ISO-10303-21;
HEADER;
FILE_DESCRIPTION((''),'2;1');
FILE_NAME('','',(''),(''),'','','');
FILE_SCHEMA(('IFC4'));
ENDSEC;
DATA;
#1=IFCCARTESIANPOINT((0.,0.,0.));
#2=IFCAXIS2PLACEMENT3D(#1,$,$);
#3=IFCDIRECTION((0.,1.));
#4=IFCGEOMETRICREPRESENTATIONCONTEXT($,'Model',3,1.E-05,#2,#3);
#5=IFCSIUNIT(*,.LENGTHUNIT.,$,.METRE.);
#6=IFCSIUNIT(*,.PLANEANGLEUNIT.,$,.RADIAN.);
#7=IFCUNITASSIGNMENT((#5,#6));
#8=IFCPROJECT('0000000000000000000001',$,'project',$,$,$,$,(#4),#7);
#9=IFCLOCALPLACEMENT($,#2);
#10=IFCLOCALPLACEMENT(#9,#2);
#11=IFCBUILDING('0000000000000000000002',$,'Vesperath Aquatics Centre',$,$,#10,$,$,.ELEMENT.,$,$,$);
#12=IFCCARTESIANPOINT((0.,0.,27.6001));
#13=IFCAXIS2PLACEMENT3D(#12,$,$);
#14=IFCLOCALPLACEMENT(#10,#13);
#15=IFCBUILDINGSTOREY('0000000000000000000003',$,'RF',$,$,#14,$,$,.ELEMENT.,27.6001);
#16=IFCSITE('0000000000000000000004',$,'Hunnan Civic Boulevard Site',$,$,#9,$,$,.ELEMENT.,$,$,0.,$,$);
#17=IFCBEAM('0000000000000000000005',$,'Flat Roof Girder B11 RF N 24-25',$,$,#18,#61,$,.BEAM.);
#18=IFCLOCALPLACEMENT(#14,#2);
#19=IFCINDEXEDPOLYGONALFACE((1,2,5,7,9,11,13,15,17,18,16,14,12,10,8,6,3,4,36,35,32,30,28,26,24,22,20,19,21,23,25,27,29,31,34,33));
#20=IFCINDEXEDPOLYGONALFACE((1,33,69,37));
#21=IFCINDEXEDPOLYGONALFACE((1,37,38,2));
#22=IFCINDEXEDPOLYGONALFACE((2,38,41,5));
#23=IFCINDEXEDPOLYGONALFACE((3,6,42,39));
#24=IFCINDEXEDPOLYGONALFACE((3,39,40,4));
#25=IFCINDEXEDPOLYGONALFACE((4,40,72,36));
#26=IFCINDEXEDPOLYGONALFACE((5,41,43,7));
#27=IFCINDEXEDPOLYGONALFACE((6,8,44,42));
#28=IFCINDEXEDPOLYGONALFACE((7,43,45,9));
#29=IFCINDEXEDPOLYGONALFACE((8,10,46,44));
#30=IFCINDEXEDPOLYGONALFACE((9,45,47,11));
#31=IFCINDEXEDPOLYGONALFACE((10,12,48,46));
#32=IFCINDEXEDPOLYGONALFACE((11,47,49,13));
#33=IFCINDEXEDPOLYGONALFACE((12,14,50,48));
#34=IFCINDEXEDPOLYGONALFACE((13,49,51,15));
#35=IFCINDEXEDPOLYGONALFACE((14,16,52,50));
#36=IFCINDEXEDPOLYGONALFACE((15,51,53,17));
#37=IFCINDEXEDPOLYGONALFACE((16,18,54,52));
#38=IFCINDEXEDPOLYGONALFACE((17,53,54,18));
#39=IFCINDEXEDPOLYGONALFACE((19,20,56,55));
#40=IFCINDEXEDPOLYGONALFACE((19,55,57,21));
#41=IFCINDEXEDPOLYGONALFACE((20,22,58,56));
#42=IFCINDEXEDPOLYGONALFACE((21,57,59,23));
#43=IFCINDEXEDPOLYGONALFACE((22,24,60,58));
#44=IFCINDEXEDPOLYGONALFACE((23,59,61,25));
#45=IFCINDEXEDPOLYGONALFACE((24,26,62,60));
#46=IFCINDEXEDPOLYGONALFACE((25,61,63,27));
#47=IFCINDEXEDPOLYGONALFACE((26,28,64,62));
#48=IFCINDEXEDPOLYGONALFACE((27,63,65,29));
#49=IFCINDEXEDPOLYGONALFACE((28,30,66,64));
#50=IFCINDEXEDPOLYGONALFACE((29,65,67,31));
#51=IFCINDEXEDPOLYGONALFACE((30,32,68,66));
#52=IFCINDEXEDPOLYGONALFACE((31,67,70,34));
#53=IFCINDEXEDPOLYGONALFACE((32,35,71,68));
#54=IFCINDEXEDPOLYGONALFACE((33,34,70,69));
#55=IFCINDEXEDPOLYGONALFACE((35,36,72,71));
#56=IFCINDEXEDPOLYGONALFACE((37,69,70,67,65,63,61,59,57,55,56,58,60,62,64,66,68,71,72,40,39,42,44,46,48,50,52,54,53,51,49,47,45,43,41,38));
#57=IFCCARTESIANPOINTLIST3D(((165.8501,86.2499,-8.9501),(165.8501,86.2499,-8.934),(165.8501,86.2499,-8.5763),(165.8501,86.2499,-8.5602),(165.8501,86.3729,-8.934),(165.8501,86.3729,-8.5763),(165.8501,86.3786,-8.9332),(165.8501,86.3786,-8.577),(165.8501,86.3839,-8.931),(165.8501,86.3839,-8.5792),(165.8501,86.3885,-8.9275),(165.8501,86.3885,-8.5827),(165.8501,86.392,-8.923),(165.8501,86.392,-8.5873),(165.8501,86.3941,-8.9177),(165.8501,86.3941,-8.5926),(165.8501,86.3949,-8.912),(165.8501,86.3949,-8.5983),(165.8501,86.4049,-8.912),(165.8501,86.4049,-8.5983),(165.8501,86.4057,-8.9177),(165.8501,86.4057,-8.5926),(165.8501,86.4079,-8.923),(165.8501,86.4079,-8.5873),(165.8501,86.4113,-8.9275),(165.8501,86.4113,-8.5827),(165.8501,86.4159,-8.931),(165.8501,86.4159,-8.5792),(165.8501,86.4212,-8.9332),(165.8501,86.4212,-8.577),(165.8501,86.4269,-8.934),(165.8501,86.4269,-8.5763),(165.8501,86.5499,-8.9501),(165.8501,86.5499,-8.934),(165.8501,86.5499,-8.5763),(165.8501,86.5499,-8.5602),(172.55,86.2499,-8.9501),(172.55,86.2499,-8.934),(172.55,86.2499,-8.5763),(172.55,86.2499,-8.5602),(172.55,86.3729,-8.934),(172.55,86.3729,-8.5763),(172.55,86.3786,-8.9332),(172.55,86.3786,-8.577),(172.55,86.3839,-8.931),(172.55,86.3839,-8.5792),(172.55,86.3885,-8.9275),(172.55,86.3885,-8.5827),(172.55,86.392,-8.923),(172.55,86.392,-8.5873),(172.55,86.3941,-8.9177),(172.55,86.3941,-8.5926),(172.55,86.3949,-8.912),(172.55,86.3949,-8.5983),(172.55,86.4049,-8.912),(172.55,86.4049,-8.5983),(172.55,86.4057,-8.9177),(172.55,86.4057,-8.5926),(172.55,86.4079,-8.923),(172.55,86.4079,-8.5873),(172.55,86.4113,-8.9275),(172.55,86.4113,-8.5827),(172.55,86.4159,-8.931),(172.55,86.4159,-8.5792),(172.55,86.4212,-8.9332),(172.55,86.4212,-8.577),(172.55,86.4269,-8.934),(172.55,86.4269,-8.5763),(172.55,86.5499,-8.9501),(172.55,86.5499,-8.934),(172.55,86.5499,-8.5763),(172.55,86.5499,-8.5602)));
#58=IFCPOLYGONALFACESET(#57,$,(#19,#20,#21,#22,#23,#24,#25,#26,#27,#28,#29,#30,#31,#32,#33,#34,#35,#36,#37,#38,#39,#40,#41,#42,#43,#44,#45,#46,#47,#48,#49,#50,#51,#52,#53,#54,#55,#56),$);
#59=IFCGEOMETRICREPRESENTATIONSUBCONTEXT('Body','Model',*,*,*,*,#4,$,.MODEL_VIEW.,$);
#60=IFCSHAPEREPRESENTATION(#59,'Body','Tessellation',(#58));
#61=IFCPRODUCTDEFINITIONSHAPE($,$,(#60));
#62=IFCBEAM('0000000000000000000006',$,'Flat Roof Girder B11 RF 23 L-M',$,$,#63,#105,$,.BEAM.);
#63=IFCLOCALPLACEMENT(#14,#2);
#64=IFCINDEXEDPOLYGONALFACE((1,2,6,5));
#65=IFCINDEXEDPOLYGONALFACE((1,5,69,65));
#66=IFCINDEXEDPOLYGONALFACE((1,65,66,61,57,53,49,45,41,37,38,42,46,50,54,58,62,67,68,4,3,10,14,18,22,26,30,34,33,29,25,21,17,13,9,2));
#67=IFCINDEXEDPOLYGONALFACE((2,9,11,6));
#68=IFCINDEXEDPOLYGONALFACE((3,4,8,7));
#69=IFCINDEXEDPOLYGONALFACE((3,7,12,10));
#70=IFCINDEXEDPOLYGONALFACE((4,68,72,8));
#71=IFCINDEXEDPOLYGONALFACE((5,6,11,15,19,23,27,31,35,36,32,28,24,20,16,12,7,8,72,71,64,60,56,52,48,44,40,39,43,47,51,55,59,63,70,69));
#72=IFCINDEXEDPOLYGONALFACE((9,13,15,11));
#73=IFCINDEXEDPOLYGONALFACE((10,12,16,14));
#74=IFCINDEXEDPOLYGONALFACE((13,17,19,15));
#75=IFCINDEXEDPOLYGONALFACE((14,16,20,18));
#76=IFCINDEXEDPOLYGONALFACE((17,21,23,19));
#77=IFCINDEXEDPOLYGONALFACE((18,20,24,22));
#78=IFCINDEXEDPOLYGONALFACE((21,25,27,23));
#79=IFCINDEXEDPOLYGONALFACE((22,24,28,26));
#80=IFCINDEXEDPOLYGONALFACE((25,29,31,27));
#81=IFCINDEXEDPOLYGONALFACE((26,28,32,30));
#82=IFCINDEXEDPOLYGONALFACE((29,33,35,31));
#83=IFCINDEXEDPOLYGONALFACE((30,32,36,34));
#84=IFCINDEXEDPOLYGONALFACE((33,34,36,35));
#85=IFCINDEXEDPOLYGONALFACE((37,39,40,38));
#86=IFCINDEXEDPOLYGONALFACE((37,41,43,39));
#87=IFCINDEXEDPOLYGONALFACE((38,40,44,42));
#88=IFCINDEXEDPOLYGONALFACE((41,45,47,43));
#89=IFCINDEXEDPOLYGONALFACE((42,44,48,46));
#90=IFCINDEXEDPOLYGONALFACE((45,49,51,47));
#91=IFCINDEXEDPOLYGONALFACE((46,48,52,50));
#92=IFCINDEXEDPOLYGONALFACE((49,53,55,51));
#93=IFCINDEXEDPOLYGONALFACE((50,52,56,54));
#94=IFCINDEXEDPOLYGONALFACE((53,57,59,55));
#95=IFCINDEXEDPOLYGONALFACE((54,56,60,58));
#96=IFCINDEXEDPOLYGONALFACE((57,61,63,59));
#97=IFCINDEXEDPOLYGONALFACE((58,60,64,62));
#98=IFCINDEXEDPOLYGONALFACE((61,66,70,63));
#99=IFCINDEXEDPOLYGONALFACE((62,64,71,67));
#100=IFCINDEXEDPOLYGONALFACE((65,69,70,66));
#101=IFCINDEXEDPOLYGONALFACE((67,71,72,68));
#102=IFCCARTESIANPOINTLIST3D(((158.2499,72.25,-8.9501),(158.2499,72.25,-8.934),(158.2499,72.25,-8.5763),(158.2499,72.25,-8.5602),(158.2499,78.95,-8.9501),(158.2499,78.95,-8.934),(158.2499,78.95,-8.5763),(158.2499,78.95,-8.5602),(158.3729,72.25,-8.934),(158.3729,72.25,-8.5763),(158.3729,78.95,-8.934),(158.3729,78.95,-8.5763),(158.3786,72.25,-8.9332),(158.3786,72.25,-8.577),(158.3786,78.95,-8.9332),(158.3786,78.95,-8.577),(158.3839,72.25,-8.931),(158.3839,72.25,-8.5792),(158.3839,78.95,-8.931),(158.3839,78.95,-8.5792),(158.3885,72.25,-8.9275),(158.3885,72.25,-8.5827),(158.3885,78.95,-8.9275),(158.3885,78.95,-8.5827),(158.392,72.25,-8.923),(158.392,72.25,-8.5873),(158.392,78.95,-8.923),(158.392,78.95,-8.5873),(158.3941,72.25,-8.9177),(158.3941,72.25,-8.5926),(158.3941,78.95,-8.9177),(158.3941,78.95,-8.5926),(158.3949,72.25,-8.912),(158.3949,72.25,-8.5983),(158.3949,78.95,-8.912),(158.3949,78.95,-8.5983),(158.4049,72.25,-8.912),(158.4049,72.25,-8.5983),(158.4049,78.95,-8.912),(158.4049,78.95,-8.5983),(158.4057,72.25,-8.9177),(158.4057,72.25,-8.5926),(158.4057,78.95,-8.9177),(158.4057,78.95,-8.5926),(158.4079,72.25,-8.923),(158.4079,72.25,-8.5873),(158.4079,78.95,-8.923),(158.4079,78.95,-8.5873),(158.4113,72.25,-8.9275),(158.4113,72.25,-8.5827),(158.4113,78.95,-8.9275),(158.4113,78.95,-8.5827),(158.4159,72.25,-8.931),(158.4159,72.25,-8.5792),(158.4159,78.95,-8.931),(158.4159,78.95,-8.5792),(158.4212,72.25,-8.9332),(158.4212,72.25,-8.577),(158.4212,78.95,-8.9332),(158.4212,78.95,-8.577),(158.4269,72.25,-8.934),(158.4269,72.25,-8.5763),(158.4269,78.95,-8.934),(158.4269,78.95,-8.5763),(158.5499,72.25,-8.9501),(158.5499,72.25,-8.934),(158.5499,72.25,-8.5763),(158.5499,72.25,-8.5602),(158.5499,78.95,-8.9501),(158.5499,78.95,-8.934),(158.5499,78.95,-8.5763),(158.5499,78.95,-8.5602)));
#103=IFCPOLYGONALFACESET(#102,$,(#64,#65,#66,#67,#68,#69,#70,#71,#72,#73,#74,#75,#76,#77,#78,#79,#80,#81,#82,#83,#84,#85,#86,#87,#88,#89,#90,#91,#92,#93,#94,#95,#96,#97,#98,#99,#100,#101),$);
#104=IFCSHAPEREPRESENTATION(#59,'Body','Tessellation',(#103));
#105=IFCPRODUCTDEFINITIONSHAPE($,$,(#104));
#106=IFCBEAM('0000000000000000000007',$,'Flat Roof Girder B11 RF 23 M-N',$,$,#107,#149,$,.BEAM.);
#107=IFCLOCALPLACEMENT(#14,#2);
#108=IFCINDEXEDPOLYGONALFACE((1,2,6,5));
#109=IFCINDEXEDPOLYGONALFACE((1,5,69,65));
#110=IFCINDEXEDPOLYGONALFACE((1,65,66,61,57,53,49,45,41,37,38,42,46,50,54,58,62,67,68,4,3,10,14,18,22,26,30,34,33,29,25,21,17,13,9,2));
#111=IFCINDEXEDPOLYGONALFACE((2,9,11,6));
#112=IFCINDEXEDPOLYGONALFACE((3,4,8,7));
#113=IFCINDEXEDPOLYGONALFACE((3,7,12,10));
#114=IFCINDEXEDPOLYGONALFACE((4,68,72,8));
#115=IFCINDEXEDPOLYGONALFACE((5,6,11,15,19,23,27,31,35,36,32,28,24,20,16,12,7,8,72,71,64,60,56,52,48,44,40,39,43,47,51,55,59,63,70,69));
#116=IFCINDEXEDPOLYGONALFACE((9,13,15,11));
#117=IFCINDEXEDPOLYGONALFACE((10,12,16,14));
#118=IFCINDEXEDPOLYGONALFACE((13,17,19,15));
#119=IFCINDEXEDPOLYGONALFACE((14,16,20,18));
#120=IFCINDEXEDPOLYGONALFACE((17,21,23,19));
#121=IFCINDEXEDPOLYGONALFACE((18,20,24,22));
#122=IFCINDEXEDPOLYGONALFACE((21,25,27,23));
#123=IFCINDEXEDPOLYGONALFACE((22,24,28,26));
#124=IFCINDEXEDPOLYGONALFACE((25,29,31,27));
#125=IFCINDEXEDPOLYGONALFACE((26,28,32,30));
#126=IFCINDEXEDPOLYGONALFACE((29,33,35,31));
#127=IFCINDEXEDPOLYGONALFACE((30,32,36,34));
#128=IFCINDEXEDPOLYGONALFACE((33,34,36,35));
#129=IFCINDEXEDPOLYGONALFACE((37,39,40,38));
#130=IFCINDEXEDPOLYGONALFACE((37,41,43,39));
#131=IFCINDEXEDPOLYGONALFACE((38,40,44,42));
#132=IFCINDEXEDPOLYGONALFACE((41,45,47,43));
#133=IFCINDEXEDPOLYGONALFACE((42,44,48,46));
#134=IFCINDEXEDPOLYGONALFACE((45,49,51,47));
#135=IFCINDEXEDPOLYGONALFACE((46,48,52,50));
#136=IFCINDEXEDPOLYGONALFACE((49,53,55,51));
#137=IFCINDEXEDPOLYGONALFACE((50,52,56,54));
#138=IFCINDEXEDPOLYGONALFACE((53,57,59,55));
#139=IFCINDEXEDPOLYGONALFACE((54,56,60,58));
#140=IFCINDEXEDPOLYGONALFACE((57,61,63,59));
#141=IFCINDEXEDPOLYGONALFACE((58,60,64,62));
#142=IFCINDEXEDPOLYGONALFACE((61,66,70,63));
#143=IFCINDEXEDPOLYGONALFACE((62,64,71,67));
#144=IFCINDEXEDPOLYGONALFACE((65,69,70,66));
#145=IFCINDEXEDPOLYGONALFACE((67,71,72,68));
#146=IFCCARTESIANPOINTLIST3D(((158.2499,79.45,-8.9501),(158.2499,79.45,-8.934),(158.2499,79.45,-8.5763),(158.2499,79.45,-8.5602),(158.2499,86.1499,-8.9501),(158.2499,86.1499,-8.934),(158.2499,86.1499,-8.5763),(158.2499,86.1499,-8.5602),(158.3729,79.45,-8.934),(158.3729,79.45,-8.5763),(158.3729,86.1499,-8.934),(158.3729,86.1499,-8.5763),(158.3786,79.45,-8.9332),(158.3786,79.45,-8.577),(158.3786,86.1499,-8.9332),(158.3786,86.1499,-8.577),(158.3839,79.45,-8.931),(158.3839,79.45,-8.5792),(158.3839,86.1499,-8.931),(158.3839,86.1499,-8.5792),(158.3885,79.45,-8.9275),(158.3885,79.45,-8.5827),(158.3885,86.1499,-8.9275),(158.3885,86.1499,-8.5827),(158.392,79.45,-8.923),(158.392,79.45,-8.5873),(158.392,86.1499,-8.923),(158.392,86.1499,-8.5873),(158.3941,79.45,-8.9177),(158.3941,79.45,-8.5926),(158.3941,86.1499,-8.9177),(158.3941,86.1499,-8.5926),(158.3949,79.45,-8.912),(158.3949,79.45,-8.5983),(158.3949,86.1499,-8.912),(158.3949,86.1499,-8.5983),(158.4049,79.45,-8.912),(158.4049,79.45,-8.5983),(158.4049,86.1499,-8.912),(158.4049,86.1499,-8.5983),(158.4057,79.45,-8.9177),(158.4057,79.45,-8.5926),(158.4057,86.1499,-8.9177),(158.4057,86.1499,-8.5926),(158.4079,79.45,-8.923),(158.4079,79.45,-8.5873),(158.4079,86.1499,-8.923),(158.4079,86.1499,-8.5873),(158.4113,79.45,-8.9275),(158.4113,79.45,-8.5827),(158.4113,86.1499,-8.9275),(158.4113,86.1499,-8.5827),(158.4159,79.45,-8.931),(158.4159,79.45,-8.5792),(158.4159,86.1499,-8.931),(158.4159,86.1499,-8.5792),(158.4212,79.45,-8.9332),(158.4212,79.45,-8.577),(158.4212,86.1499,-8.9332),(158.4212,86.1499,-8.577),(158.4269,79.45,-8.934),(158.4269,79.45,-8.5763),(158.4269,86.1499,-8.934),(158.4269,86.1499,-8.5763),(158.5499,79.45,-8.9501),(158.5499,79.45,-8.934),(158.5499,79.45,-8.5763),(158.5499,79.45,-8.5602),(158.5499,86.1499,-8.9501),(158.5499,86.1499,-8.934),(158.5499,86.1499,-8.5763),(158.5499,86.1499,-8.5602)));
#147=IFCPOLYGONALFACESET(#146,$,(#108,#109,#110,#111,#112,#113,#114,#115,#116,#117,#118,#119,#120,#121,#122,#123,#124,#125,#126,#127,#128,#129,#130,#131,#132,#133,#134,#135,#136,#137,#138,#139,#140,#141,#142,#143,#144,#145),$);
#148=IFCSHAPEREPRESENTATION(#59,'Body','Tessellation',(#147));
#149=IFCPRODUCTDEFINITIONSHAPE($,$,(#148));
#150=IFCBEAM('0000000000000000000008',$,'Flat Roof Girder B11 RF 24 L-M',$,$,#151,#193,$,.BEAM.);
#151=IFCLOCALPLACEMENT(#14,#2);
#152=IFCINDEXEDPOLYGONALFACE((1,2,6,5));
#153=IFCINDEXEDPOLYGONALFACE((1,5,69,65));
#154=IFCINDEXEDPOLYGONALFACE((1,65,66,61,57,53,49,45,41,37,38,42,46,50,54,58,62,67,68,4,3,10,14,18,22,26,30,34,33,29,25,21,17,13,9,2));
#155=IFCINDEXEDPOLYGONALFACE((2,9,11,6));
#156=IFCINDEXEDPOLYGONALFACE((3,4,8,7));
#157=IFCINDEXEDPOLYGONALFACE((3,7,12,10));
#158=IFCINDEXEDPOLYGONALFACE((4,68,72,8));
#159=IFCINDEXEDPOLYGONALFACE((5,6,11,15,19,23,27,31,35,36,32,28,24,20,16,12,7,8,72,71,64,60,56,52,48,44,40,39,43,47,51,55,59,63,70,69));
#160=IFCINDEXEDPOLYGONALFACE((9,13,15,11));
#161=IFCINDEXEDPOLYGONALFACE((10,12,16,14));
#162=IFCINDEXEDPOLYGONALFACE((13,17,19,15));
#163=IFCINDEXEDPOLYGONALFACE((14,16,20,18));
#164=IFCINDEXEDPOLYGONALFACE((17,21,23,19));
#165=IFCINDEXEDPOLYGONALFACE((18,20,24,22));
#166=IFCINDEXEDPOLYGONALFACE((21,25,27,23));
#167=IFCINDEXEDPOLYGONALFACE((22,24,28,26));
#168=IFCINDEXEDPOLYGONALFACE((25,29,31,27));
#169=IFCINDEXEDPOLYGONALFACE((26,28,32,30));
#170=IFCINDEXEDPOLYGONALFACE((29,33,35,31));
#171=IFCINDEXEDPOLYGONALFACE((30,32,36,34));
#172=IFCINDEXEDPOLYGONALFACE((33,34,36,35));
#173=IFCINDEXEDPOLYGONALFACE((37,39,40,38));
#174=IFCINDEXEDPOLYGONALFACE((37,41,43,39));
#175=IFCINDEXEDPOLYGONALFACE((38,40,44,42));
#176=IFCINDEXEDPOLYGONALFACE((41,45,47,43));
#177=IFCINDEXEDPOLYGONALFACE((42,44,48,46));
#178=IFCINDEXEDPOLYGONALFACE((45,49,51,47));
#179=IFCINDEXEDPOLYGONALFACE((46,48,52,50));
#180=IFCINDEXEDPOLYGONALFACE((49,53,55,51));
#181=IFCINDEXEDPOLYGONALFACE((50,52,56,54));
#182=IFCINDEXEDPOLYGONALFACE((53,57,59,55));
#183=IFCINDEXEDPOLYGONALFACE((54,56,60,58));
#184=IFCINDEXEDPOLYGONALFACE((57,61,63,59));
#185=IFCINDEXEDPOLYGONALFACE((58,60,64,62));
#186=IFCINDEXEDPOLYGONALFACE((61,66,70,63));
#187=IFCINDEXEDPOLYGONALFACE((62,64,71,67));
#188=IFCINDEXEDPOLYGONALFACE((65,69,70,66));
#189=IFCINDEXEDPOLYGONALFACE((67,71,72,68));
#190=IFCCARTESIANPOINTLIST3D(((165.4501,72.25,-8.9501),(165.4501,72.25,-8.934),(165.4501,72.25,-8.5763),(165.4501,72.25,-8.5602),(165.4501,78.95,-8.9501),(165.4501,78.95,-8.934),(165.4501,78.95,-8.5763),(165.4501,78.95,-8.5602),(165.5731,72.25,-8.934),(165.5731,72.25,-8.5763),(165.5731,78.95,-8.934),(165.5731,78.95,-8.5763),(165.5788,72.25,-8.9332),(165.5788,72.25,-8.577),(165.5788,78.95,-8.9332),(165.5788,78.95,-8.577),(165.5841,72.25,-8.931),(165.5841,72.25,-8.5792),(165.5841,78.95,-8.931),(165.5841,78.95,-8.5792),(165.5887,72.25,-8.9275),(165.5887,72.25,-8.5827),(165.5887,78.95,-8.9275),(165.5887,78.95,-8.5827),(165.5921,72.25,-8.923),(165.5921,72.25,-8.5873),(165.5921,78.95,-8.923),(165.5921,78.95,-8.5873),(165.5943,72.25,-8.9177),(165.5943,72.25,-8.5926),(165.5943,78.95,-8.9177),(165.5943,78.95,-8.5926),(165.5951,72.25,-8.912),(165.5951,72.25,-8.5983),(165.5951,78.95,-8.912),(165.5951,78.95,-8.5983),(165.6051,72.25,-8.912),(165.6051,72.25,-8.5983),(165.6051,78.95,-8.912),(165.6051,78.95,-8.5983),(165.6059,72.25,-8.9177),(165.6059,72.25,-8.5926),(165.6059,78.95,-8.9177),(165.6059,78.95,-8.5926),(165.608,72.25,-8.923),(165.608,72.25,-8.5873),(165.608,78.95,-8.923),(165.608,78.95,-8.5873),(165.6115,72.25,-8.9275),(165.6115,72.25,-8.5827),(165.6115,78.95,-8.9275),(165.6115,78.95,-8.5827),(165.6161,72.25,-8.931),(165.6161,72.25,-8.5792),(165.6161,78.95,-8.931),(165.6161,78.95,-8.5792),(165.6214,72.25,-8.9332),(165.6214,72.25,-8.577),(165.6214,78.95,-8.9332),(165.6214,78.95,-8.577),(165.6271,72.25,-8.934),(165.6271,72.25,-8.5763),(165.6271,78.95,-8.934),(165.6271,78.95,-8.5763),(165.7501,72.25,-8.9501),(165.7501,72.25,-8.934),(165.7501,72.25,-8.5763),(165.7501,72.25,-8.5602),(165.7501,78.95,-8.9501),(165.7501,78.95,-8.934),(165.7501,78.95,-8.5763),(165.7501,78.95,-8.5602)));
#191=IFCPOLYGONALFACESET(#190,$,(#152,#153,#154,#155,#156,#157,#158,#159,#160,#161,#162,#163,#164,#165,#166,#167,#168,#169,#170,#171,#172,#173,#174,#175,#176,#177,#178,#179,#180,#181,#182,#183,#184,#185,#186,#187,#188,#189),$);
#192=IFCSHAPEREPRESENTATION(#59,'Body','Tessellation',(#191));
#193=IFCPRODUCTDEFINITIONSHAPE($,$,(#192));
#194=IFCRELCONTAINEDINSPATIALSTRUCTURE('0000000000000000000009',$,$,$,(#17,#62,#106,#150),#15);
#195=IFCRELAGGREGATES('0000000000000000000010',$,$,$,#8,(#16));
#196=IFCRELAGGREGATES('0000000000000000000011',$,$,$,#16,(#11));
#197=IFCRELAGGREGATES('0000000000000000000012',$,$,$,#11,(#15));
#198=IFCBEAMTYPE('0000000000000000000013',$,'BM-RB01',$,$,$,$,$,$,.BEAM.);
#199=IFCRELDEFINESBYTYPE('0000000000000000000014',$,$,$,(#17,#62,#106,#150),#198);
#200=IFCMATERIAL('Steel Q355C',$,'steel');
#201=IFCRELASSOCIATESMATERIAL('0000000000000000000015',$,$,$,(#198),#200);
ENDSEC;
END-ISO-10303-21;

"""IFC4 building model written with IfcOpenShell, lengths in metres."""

from ifc_helpers import new_model, si_unit, direction, frame, origin, origin_2d, place, context, subcontext, project, spatial, i_section, extrude, material, material_profile, profile_set, type_object, element, save


model = new_model("IFC4")

# Units and contexts
model_context = context("Model", 3, precision=1e-05, world=origin(), true_north=direction((0.0, 1.0)))
body_context = subcontext(model_context, "Body", "Model", "MODEL_VIEW")
ifc_project = project(units=[si_unit("LENGTHUNIT", "METRE"), si_unit("PLANEANGLEUNIT", "RADIAN")], contexts=[model_context])

# Site, building, storey
site_placement = place(None, origin())
site = spatial("IfcSite", under=ifc_project, at=site_placement, Name="Hunnan Civic Boulevard Site", CompositionType="ELEMENT", RefElevation=0.0)
building_placement = place(site_placement, origin())
building = spatial("IfcBuilding", under=site, at=building_placement, Name="Vesperath Aquatics Centre", CompositionType="ELEMENT")
storey_placement = place(building_placement, frame((0.0, 0.0, 27.6001)))
storey = spatial("IfcBuildingStorey", under=building, at=storey_placement, Name="RF", CompositionType="ELEMENT", Elevation=27.6001)

# Beams
ifc_material_1 = material(Name="Steel Q355C", Category="steel")
ifc_material_profile_1 = material_profile(ifc_material_1, i_section(OverallWidth=0.3, OverallDepth=0.3899, WebThickness=0.01, FlangeThickness=0.0161, FilletRadius=0.022, at=origin_2d()), Name="HM 390x300x10x16")
ifc_profile_set_1 = profile_set([ifc_material_profile_1], Name="Steel Q355C")
beam_type = type_object("IfcBeamType", Name="BM-RB01", PredefinedType="BEAM", material=ifc_profile_set_1)
for number, where, z_axis, x_axis, name in (
    (1, (165.8501, 86.3999, -8.7551), (1.0, 0.0, 0.0), (0.0, 1.0, 0.0), "Flat Roof Girder B11 RF N 24-25"),
    (2, (158.3999, 72.25, -8.7551), (0.0, 1.0, 0.0), (-1.0, 0.0, 0.0), "Flat Roof Girder B11 RF 23 L-M"),
    (3, (158.3999, 79.45, -8.7551), (0.0, 1.0, 0.0), (-1.0, 0.0, 0.0), "Flat Roof Girder B11 RF 23 M-N"),
    (4, (165.6001, 72.25, -8.7551), (0.0, 1.0, 0.0), (-1.0, 0.0, 0.0), "Flat Roof Girder B11 RF 24 L-M"),
):
    element("IfcBeam", number, at=place(storey_placement, frame(where, z_axis=z_axis, x_axis=x_axis)), inside=storey, type_object=beam_type, Name=name, PredefinedType="BEAM", context=body_context, shape_type="SweptSolid", body=[
        extrude(i_section(OverallWidth=0.3, OverallDepth=0.3899, WebThickness=0.01, FlangeThickness=0.0161, FilletRadius=0.022, at=origin_2d()), origin(), (0.0, 0.0, 1.0), 6.7),
    ])

save(model, "model.ifc")
